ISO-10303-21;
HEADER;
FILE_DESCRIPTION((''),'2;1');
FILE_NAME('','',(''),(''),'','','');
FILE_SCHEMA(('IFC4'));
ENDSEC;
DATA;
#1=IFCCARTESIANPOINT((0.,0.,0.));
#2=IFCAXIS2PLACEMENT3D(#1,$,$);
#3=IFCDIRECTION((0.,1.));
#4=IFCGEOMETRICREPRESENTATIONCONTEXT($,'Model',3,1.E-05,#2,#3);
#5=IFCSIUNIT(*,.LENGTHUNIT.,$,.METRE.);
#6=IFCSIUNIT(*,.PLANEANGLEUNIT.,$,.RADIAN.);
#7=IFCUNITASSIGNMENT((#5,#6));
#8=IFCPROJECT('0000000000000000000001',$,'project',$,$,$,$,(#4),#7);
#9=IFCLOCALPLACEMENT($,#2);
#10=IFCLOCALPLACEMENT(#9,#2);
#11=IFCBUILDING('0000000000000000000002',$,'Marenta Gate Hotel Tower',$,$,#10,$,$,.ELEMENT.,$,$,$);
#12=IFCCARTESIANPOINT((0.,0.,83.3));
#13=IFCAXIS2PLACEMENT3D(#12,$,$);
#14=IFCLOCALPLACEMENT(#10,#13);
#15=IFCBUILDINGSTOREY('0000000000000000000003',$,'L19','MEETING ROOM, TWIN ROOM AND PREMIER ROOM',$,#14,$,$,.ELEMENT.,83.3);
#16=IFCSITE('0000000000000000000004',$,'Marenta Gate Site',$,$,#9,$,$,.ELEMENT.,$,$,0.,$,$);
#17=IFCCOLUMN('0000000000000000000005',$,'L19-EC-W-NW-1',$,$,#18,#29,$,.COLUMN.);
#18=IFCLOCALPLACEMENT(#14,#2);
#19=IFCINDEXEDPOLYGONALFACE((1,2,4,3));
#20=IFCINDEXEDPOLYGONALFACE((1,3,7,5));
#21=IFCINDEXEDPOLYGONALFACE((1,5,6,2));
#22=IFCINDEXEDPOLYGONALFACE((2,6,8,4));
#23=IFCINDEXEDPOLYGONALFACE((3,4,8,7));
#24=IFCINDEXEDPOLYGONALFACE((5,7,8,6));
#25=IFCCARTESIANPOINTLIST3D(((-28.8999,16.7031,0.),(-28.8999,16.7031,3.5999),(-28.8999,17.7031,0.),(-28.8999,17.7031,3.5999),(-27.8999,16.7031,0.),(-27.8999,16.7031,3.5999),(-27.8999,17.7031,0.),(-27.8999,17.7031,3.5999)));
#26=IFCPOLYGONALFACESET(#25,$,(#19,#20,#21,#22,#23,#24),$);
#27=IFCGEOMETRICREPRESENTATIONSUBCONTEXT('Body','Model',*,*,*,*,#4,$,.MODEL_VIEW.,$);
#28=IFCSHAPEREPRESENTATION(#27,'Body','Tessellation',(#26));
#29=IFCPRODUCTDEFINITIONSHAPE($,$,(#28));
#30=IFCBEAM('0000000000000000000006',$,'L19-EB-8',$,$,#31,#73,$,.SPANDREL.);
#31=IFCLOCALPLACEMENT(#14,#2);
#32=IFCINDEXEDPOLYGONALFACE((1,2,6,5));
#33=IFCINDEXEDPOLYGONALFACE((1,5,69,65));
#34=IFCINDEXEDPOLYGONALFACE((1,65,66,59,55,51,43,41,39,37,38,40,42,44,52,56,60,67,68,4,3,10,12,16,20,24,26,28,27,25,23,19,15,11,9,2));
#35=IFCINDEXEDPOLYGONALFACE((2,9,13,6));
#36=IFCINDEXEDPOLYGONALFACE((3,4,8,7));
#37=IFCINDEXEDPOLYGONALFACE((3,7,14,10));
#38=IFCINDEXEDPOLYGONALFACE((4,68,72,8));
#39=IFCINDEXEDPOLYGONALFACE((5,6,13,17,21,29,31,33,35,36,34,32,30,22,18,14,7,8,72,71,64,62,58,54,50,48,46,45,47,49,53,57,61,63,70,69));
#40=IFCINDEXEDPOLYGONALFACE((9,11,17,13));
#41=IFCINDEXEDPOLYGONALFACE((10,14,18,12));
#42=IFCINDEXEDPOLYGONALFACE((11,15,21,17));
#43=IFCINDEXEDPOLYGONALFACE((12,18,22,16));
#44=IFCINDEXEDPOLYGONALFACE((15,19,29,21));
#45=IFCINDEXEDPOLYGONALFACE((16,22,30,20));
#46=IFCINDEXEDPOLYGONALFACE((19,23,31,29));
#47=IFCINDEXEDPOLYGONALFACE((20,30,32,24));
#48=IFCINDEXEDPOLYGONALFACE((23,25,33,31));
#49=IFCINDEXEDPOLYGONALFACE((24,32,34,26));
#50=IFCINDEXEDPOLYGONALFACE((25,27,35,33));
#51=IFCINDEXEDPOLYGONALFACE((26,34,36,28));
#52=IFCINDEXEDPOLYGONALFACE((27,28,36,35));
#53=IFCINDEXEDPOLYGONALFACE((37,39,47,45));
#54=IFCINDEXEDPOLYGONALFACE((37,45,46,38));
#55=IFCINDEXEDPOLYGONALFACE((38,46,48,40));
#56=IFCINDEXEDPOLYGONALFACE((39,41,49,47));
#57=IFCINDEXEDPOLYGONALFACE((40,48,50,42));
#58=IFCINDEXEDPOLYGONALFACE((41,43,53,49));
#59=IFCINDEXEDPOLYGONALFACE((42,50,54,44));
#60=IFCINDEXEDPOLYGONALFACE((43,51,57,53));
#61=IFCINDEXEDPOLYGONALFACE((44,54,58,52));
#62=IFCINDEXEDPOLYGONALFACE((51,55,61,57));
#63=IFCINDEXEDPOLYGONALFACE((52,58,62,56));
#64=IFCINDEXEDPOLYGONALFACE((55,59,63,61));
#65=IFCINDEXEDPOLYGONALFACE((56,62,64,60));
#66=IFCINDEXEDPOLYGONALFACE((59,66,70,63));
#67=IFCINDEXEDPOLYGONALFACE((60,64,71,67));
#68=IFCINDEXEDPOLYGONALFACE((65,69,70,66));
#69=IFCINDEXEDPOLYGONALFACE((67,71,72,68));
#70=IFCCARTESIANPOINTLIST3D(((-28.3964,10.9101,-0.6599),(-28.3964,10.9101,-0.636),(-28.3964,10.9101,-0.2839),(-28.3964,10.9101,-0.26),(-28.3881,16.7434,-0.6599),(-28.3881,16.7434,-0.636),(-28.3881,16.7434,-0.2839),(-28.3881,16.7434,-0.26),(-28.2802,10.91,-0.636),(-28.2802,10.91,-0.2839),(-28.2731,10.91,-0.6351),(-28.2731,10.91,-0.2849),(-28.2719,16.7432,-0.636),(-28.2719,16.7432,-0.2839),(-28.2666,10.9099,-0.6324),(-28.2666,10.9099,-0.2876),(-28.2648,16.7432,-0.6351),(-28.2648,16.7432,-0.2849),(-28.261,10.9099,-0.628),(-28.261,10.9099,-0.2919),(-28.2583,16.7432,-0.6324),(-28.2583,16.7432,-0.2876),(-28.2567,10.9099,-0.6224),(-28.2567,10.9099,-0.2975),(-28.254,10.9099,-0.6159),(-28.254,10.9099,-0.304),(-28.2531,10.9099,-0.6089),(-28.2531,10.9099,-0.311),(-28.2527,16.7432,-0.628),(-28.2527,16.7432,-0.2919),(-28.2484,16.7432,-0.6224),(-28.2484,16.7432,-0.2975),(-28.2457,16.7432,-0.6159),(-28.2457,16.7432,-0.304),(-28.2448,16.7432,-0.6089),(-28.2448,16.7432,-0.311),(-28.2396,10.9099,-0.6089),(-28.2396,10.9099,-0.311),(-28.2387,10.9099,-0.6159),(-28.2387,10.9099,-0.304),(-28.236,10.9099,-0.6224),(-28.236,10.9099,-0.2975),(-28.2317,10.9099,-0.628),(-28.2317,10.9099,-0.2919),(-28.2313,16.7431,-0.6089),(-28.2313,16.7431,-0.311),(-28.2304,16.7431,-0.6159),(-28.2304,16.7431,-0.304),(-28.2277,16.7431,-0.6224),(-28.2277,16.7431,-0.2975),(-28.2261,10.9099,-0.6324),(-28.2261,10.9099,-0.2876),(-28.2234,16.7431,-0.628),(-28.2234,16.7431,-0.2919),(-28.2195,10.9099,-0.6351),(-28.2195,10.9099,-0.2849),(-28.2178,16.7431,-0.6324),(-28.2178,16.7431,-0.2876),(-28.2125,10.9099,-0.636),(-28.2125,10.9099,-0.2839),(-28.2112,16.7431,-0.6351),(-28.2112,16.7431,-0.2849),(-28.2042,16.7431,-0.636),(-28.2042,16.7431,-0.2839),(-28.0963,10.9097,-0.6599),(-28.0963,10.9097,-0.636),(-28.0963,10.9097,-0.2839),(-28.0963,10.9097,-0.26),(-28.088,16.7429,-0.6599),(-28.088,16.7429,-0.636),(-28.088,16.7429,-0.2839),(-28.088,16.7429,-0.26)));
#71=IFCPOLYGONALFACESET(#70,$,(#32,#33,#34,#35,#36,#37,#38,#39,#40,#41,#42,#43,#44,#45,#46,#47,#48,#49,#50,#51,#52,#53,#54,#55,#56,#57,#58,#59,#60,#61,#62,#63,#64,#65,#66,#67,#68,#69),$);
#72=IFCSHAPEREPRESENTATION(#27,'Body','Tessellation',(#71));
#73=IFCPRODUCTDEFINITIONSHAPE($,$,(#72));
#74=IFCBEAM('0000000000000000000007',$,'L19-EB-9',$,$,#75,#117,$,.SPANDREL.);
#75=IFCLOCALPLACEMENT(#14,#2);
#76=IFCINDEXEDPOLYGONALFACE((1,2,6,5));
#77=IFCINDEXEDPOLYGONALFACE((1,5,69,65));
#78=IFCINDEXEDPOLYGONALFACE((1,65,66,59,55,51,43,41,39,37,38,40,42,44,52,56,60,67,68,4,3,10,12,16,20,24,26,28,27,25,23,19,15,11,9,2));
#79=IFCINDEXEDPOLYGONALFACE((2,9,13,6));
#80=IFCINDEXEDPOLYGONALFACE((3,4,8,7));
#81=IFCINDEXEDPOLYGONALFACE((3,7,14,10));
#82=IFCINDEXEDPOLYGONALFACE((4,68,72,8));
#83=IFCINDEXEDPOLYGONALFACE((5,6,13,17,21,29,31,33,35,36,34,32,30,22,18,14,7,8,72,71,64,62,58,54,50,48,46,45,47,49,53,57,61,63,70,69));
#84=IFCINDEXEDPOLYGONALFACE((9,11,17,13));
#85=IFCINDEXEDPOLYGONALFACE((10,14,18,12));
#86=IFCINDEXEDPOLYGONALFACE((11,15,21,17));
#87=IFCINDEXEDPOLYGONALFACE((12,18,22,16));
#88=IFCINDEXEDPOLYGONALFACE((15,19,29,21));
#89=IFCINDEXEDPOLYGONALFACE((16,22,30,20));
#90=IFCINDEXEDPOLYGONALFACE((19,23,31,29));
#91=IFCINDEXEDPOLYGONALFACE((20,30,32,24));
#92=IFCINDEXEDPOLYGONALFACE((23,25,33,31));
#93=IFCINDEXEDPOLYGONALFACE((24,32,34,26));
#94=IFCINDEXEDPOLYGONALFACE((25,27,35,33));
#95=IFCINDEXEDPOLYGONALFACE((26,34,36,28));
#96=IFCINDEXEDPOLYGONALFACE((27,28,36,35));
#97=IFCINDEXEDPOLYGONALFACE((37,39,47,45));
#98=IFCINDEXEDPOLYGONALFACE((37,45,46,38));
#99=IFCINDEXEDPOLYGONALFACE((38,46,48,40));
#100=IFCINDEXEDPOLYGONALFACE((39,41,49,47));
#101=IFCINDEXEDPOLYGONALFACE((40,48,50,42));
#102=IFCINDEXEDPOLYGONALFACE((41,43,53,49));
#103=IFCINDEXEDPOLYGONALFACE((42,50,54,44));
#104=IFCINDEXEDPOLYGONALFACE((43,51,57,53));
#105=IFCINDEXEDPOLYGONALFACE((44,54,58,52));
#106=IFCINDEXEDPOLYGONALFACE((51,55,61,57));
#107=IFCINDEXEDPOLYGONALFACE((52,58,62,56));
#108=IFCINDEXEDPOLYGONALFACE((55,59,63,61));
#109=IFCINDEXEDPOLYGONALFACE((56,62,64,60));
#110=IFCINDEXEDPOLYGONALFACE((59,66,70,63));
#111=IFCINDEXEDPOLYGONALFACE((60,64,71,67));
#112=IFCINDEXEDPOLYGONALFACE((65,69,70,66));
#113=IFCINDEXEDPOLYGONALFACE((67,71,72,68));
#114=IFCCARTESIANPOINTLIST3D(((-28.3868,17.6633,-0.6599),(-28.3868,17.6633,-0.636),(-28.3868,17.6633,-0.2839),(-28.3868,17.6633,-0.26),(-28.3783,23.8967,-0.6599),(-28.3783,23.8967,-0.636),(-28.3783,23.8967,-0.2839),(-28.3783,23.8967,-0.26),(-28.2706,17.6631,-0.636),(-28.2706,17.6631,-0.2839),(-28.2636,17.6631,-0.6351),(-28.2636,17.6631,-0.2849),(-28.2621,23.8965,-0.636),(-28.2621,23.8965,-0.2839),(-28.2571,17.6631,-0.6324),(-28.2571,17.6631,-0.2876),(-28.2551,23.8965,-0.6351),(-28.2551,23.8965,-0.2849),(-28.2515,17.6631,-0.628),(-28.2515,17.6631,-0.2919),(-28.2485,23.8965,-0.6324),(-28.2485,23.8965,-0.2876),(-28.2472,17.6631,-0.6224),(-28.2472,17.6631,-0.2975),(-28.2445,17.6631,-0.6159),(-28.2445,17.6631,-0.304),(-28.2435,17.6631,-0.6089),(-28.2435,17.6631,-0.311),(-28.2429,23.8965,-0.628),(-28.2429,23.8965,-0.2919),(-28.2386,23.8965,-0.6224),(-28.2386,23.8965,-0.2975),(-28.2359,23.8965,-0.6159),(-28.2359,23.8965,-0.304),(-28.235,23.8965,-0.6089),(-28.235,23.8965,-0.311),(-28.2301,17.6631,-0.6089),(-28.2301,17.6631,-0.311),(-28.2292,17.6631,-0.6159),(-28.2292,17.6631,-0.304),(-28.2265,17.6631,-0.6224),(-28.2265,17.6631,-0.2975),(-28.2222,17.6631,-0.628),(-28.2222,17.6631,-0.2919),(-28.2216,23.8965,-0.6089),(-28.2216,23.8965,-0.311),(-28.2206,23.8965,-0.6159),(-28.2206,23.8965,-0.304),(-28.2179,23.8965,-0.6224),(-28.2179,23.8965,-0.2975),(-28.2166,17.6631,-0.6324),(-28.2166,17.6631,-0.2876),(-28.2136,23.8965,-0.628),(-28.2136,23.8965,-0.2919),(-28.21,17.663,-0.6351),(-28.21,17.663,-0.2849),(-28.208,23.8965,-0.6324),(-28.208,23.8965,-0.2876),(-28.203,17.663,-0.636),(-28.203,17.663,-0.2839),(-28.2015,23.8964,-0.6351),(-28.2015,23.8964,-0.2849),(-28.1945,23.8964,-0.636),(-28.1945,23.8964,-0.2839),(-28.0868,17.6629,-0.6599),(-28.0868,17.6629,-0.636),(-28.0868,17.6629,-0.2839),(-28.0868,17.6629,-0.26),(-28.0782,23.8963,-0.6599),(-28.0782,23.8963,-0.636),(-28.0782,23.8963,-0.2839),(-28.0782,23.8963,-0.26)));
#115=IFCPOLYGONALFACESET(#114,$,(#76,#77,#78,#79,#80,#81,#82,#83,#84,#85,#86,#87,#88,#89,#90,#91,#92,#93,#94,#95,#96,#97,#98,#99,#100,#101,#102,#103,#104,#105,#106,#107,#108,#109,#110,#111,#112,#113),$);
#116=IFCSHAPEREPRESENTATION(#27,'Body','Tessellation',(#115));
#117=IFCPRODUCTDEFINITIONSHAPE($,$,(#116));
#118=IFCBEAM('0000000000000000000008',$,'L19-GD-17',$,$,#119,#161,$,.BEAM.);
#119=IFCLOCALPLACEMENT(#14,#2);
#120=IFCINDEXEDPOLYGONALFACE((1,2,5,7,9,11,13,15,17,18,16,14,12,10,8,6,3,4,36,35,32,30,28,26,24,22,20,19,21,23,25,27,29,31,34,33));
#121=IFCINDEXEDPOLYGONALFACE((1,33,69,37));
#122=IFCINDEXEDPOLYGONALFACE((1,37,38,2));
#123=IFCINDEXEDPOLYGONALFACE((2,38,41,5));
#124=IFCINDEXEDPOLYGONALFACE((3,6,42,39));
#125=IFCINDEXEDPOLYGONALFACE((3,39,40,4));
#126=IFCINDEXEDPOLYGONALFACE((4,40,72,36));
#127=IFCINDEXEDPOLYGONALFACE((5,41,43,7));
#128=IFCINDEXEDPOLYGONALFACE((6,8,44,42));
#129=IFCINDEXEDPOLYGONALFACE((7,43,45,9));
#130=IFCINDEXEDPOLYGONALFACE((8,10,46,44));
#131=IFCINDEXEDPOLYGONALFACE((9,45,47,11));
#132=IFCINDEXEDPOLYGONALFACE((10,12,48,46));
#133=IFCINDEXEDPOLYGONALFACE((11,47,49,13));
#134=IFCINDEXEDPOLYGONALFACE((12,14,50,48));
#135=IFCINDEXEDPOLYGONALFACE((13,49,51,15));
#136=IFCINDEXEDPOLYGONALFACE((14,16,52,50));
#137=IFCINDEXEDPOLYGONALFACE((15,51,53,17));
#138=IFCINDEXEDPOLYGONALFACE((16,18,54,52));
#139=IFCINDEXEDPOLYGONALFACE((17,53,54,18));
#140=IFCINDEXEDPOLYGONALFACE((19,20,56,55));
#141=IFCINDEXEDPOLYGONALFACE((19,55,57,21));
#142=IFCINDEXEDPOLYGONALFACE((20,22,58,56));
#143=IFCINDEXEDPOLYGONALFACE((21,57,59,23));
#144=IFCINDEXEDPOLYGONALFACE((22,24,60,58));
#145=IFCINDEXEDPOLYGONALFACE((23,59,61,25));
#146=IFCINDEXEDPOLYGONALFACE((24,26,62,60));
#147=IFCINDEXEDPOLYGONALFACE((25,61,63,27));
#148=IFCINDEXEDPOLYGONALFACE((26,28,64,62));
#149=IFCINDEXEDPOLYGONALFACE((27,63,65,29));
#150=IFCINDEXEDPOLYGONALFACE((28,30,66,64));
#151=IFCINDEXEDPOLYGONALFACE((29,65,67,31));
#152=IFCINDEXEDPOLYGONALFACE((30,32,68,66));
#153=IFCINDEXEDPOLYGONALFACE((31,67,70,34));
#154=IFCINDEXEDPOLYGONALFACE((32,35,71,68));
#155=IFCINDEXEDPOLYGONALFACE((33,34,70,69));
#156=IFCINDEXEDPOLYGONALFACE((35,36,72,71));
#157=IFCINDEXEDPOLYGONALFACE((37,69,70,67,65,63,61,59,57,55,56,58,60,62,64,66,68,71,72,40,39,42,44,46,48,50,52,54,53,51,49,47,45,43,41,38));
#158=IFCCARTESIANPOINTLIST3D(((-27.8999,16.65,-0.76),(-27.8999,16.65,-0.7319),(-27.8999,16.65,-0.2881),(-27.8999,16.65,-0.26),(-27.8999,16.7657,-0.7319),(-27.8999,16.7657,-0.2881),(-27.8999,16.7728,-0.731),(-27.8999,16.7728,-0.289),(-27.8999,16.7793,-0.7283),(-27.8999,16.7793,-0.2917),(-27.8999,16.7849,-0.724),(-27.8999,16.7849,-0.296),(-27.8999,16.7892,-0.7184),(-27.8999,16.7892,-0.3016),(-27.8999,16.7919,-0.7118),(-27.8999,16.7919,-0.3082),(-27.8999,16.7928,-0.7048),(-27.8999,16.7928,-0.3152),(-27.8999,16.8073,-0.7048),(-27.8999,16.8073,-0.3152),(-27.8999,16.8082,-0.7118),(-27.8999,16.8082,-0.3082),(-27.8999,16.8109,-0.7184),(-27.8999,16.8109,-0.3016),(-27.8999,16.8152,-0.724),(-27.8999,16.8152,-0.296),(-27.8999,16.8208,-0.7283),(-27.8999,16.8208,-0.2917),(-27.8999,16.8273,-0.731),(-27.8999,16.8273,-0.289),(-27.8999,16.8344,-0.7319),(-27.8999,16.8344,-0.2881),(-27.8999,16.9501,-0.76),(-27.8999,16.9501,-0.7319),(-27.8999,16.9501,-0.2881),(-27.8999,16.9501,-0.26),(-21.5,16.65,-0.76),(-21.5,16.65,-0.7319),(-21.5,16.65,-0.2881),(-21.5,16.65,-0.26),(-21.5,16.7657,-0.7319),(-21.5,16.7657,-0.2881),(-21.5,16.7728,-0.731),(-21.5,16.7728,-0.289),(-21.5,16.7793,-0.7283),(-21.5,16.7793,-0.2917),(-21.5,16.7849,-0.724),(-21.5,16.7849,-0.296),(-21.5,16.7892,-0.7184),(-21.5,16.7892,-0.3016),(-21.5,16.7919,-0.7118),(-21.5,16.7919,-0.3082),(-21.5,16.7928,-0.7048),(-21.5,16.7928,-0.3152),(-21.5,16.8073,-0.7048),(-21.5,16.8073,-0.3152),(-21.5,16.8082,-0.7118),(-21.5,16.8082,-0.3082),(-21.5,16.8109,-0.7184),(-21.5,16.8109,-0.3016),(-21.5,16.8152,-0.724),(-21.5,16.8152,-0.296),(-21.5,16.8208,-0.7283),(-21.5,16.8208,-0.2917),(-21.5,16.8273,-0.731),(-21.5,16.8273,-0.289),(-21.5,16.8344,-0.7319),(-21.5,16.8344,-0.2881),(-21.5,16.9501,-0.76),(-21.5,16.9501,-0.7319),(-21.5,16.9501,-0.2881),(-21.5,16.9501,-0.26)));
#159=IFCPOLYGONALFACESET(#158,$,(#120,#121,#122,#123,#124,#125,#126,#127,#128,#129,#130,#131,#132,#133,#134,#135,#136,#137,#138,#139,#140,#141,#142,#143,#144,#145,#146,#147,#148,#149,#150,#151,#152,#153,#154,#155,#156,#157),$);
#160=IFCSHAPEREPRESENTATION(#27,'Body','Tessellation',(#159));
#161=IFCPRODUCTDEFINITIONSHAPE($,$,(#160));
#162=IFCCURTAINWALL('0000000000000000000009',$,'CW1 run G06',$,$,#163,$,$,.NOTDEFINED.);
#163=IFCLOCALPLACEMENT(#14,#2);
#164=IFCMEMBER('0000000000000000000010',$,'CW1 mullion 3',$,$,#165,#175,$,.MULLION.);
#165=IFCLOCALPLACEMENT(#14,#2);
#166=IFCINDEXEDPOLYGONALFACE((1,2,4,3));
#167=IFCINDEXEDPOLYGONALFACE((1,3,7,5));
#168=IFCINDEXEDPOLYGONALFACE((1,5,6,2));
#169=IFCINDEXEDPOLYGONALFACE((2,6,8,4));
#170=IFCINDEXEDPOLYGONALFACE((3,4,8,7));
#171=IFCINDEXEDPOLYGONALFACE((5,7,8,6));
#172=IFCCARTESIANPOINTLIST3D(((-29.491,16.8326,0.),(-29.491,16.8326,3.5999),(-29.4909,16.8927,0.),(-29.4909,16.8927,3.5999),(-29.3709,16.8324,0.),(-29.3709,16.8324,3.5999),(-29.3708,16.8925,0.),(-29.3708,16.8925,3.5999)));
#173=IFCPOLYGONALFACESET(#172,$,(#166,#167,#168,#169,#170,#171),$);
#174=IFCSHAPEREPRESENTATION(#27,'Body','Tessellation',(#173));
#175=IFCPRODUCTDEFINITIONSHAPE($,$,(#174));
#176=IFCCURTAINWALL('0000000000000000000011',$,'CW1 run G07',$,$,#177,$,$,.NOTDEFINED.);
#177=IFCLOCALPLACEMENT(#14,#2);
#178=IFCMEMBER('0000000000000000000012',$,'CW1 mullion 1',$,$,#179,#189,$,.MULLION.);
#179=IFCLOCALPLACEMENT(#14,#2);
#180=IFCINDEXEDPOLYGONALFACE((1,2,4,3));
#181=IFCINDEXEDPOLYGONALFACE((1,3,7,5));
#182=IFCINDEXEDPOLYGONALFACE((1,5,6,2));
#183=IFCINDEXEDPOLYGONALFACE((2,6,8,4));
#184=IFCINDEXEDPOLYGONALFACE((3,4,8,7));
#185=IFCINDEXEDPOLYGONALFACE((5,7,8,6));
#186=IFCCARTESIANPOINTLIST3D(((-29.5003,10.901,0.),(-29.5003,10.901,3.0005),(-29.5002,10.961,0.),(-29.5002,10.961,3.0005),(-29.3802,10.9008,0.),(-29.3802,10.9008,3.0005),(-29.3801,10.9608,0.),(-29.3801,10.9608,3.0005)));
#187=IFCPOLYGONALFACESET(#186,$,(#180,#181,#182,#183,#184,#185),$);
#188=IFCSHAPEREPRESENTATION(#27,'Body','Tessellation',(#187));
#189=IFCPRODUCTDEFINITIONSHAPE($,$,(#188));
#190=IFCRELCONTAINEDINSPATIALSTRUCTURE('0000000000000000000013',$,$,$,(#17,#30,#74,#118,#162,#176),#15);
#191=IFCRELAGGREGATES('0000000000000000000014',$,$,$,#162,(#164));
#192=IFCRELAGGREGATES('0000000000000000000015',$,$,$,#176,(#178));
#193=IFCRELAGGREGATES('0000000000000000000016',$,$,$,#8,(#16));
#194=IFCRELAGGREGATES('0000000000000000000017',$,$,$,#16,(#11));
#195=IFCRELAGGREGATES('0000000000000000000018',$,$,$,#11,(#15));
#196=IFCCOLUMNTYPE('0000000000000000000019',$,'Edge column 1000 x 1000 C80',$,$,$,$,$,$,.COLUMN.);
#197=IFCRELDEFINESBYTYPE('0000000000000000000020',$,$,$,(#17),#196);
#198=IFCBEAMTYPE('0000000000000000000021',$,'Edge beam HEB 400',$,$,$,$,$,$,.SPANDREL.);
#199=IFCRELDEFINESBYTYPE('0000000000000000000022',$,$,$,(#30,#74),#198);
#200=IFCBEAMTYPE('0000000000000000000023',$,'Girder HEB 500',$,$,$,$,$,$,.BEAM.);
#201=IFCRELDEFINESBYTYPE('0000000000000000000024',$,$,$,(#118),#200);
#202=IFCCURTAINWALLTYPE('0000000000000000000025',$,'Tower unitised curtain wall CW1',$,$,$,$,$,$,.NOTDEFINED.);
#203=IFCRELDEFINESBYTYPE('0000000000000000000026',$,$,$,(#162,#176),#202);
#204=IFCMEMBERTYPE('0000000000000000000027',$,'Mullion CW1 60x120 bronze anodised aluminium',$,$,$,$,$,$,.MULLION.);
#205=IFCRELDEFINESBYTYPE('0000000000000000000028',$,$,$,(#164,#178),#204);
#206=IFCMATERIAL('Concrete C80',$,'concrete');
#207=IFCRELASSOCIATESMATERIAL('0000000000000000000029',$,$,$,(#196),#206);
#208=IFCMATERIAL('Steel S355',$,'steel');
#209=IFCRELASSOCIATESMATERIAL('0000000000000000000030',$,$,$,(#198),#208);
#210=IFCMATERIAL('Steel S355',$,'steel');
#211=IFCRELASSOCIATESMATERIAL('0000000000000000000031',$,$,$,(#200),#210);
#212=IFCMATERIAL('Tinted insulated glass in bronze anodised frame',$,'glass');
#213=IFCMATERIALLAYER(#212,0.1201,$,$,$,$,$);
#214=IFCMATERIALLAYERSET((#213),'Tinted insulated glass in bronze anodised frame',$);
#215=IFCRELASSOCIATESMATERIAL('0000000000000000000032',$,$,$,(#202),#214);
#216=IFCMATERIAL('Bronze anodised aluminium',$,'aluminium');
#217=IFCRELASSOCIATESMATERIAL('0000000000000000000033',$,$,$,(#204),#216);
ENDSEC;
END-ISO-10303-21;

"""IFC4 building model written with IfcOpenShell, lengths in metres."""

from ifc_helpers import new_model, si_unit, direction, frame, origin, origin_2d, place, context, subcontext, project, spatial, rectangle, i_section, extrude, material, layer, layer_set, material_profile, profile_set, type_object, element, aggregate, save


model = new_model("IFC4")

# Units and contexts
model_context = context("Model", 3, precision=1e-05, world=origin(), true_north=direction((0.0, 1.0)))
body_context = subcontext(model_context, "Body", "Model", "MODEL_VIEW")
ifc_project = project(units=[si_unit("LENGTHUNIT", "METRE"), si_unit("PLANEANGLEUNIT", "RADIAN")], contexts=[model_context])

# Site, building, storey
site_placement = place(None, origin())
site = spatial("IfcSite", under=ifc_project, at=site_placement, Name="Marenta Gate Site", CompositionType="ELEMENT", RefElevation=0.0)
building_placement = place(site_placement, origin())
building = spatial("IfcBuilding", under=site, at=building_placement, Name="Marenta Gate Hotel Tower", CompositionType="ELEMENT")
storey_placement = place(building_placement, frame((0.0, 0.0, 83.3)))
storey = spatial("IfcBuildingStorey", under=building, at=storey_placement, Name="L19", Description="MEETING ROOM, TWIN ROOM AND PREMIER ROOM", CompositionType="ELEMENT", Elevation=83.3)

# Column
ifc_material_1 = material(Name="Concrete C80", Category="concrete")
ifc_material_profile_1 = material_profile(ifc_material_1, rectangle(XDim=1.0, YDim=1.0, at=origin_2d()), Name="1000 x 1000")
ifc_profile_set_1 = profile_set([ifc_material_profile_1], Name="Concrete C80")
column_type = type_object("IfcColumnType", Name="Edge column 1000 x 1000 C80", PredefinedType="COLUMN", material=ifc_profile_set_1)
column_placement = place(storey_placement, frame((-28.3999, 17.2031, 0.0), z_axis=(0.0, 0.0, 1.0), x_axis=(1.0, 0.0, 0.0)))
element("IfcColumn", 1, at=column_placement, inside=storey, type_object=column_type, Name="L19-EC-W-NW-1", PredefinedType="COLUMN", context=body_context, shape_type="SweptSolid", body=[
    extrude(rectangle(XDim=1.0, YDim=1.0, at=origin_2d()), origin(), (0.0, 0.0, 1.0), 3.5999),
])

# Beams
ifc_material_2 = material(Name="Steel S355", Category="steel")
ifc_material_profile_2 = material_profile(ifc_material_2, i_section(OverallWidth=0.3, OverallDepth=0.3999, WebThickness=0.0134, FlangeThickness=0.0239, FilletRadius=0.0271, at=origin_2d()), Name="HEB 400")
ifc_profile_set_2 = profile_set([ifc_material_profile_2], Name="Steel S355")
beam_type_1 = type_object("IfcBeamType", Name="Edge beam HEB 400", PredefinedType="SPANDREL", material=ifc_profile_set_2)
beam_1_placement = place(storey_placement, frame((-28.2463, 10.9099, -0.46), z_axis=(0.001423, 0.999999, 0.0), x_axis=(-0.999999, 0.001423, 0.0)))
element("IfcBeam", 2, at=beam_1_placement, inside=storey, type_object=beam_type_1, Name="L19-EB-8", PredefinedType="SPANDREL", context=body_context, shape_type="SweptSolid", body=[
    extrude(i_section(OverallWidth=0.3, OverallDepth=0.3999, WebThickness=0.0134, FlangeThickness=0.0239, FilletRadius=0.0271, at=origin_2d()), origin(), (0.0, 0.0, 1.0), 5.8333),
])
beam_2_placement = place(storey_placement, frame((-28.2368, 17.6631, -0.46), z_axis=(0.001371, 0.999999, 0.0), x_axis=(-0.999999, 0.001371, 0.0)))
element("IfcBeam", 3, at=beam_2_placement, inside=storey, type_object=beam_type_1, Name="L19-EB-9", PredefinedType="SPANDREL", context=body_context, shape_type="SweptSolid", body=[
    extrude(i_section(OverallWidth=0.3, OverallDepth=0.3999, WebThickness=0.0134, FlangeThickness=0.0239, FilletRadius=0.0271, at=origin_2d()), origin(), (0.0, 0.0, 1.0), 6.2334),
])
ifc_material_3 = material(Name="Steel S355", Category="steel")
ifc_material_profile_3 = material_profile(ifc_material_3, i_section(OverallWidth=0.3, OverallDepth=0.5, WebThickness=0.0144, FlangeThickness=0.0281, FilletRadius=0.0271, at=origin_2d()), Name="HEB 500")
ifc_profile_set_3 = profile_set([ifc_material_profile_3], Name="Steel S355")
beam_type_2 = type_object("IfcBeamType", Name="Girder HEB 500", PredefinedType="BEAM", material=ifc_profile_set_3)
beam_3_placement = place(storey_placement, frame((-27.8999, 16.8, -0.51), z_axis=(1.0, 0.0, 0.0), x_axis=(0.0, 1.0, 0.0)))
element("IfcBeam", 4, at=beam_3_placement, inside=storey, type_object=beam_type_2, Name="L19-GD-17", PredefinedType="BEAM", context=body_context, shape_type="SweptSolid", body=[
    extrude(i_section(OverallWidth=0.3, OverallDepth=0.5, WebThickness=0.0144, FlangeThickness=0.0281, FilletRadius=0.0271, at=origin_2d()), origin(), (0.0, 0.0, 1.0), 6.3999),
])

# Curtain walls, members
ifc_material_4 = material(Name="Tinted insulated glass in bronze anodised frame", Category="glass")
ifc_layer_1 = layer(ifc_material_4, 0.1201)
ifc_layer_set_1 = layer_set([ifc_layer_1], Name="Tinted insulated glass in bronze anodised frame")
curtain_wall_type = type_object("IfcCurtainWallType", Name="Tower unitised curtain wall CW1", PredefinedType="NOTDEFINED", material=ifc_layer_set_1)
curtain_wall_1_placement = place(storey_placement, origin())
curtain_wall_1 = element("IfcCurtainWall", 5, at=curtain_wall_1_placement, inside=storey, type_object=curtain_wall_type, Name="CW1 run G06", PredefinedType="NOTDEFINED")
ifc_material_5 = material(Name="Bronze anodised aluminium", Category="aluminium")
ifc_material_profile_4 = material_profile(ifc_material_5, rectangle(XDim=0.1201, YDim=0.0601, at=origin_2d()), Name="Mullion CW1 60x120 bronze anodised aluminium")
ifc_profile_set_4 = profile_set([ifc_material_profile_4], Name="Bronze anodised aluminium")
member_type_1 = type_object("IfcMemberType", Name="Mullion CW1 60x120 bronze anodised aluminium", PredefinedType="MULLION", material=ifc_profile_set_4)
member_1_placement = place(storey_placement, frame((-29.4309, 16.8625, 0.0), z_axis=(0.0, 0.0, 1.0), x_axis=(0.999999, -0.00157, 0.0)))
member_1 = element("IfcMember", 6, at=member_1_placement, type_object=member_type_1, Name="CW1 mullion 3", PredefinedType="MULLION", context=body_context, shape_type="SweptSolid", body=[
    extrude(rectangle(XDim=0.1201, YDim=0.0601, at=origin_2d()), origin(), (0.0, 0.0, 1.0), 3.5999),
])
curtain_wall_2_placement = place(storey_placement, origin())
curtain_wall_2 = element("IfcCurtainWall", 7, at=curtain_wall_2_placement, inside=storey, type_object=curtain_wall_type, Name="CW1 run G07", PredefinedType="NOTDEFINED")
member_2_placement = place(storey_placement, frame((-29.4402, 10.9309, 0.0), z_axis=(0.0, 0.0, 1.0), x_axis=(0.999999, -0.001528, 0.0)))
member_2 = element("IfcMember", 8, at=member_2_placement, type_object=member_type_1, Name="CW1 mullion 1", PredefinedType="MULLION", context=body_context, shape_type="SweptSolid", body=[
    extrude(rectangle(XDim=0.1201, YDim=0.0601, at=origin_2d()), origin(), (0.0, 0.0, 1.0), 3.0005),
])

aggregate(curtain_wall_1, [member_1])
aggregate(curtain_wall_2, [member_2])

save(model, "model.ifc")
